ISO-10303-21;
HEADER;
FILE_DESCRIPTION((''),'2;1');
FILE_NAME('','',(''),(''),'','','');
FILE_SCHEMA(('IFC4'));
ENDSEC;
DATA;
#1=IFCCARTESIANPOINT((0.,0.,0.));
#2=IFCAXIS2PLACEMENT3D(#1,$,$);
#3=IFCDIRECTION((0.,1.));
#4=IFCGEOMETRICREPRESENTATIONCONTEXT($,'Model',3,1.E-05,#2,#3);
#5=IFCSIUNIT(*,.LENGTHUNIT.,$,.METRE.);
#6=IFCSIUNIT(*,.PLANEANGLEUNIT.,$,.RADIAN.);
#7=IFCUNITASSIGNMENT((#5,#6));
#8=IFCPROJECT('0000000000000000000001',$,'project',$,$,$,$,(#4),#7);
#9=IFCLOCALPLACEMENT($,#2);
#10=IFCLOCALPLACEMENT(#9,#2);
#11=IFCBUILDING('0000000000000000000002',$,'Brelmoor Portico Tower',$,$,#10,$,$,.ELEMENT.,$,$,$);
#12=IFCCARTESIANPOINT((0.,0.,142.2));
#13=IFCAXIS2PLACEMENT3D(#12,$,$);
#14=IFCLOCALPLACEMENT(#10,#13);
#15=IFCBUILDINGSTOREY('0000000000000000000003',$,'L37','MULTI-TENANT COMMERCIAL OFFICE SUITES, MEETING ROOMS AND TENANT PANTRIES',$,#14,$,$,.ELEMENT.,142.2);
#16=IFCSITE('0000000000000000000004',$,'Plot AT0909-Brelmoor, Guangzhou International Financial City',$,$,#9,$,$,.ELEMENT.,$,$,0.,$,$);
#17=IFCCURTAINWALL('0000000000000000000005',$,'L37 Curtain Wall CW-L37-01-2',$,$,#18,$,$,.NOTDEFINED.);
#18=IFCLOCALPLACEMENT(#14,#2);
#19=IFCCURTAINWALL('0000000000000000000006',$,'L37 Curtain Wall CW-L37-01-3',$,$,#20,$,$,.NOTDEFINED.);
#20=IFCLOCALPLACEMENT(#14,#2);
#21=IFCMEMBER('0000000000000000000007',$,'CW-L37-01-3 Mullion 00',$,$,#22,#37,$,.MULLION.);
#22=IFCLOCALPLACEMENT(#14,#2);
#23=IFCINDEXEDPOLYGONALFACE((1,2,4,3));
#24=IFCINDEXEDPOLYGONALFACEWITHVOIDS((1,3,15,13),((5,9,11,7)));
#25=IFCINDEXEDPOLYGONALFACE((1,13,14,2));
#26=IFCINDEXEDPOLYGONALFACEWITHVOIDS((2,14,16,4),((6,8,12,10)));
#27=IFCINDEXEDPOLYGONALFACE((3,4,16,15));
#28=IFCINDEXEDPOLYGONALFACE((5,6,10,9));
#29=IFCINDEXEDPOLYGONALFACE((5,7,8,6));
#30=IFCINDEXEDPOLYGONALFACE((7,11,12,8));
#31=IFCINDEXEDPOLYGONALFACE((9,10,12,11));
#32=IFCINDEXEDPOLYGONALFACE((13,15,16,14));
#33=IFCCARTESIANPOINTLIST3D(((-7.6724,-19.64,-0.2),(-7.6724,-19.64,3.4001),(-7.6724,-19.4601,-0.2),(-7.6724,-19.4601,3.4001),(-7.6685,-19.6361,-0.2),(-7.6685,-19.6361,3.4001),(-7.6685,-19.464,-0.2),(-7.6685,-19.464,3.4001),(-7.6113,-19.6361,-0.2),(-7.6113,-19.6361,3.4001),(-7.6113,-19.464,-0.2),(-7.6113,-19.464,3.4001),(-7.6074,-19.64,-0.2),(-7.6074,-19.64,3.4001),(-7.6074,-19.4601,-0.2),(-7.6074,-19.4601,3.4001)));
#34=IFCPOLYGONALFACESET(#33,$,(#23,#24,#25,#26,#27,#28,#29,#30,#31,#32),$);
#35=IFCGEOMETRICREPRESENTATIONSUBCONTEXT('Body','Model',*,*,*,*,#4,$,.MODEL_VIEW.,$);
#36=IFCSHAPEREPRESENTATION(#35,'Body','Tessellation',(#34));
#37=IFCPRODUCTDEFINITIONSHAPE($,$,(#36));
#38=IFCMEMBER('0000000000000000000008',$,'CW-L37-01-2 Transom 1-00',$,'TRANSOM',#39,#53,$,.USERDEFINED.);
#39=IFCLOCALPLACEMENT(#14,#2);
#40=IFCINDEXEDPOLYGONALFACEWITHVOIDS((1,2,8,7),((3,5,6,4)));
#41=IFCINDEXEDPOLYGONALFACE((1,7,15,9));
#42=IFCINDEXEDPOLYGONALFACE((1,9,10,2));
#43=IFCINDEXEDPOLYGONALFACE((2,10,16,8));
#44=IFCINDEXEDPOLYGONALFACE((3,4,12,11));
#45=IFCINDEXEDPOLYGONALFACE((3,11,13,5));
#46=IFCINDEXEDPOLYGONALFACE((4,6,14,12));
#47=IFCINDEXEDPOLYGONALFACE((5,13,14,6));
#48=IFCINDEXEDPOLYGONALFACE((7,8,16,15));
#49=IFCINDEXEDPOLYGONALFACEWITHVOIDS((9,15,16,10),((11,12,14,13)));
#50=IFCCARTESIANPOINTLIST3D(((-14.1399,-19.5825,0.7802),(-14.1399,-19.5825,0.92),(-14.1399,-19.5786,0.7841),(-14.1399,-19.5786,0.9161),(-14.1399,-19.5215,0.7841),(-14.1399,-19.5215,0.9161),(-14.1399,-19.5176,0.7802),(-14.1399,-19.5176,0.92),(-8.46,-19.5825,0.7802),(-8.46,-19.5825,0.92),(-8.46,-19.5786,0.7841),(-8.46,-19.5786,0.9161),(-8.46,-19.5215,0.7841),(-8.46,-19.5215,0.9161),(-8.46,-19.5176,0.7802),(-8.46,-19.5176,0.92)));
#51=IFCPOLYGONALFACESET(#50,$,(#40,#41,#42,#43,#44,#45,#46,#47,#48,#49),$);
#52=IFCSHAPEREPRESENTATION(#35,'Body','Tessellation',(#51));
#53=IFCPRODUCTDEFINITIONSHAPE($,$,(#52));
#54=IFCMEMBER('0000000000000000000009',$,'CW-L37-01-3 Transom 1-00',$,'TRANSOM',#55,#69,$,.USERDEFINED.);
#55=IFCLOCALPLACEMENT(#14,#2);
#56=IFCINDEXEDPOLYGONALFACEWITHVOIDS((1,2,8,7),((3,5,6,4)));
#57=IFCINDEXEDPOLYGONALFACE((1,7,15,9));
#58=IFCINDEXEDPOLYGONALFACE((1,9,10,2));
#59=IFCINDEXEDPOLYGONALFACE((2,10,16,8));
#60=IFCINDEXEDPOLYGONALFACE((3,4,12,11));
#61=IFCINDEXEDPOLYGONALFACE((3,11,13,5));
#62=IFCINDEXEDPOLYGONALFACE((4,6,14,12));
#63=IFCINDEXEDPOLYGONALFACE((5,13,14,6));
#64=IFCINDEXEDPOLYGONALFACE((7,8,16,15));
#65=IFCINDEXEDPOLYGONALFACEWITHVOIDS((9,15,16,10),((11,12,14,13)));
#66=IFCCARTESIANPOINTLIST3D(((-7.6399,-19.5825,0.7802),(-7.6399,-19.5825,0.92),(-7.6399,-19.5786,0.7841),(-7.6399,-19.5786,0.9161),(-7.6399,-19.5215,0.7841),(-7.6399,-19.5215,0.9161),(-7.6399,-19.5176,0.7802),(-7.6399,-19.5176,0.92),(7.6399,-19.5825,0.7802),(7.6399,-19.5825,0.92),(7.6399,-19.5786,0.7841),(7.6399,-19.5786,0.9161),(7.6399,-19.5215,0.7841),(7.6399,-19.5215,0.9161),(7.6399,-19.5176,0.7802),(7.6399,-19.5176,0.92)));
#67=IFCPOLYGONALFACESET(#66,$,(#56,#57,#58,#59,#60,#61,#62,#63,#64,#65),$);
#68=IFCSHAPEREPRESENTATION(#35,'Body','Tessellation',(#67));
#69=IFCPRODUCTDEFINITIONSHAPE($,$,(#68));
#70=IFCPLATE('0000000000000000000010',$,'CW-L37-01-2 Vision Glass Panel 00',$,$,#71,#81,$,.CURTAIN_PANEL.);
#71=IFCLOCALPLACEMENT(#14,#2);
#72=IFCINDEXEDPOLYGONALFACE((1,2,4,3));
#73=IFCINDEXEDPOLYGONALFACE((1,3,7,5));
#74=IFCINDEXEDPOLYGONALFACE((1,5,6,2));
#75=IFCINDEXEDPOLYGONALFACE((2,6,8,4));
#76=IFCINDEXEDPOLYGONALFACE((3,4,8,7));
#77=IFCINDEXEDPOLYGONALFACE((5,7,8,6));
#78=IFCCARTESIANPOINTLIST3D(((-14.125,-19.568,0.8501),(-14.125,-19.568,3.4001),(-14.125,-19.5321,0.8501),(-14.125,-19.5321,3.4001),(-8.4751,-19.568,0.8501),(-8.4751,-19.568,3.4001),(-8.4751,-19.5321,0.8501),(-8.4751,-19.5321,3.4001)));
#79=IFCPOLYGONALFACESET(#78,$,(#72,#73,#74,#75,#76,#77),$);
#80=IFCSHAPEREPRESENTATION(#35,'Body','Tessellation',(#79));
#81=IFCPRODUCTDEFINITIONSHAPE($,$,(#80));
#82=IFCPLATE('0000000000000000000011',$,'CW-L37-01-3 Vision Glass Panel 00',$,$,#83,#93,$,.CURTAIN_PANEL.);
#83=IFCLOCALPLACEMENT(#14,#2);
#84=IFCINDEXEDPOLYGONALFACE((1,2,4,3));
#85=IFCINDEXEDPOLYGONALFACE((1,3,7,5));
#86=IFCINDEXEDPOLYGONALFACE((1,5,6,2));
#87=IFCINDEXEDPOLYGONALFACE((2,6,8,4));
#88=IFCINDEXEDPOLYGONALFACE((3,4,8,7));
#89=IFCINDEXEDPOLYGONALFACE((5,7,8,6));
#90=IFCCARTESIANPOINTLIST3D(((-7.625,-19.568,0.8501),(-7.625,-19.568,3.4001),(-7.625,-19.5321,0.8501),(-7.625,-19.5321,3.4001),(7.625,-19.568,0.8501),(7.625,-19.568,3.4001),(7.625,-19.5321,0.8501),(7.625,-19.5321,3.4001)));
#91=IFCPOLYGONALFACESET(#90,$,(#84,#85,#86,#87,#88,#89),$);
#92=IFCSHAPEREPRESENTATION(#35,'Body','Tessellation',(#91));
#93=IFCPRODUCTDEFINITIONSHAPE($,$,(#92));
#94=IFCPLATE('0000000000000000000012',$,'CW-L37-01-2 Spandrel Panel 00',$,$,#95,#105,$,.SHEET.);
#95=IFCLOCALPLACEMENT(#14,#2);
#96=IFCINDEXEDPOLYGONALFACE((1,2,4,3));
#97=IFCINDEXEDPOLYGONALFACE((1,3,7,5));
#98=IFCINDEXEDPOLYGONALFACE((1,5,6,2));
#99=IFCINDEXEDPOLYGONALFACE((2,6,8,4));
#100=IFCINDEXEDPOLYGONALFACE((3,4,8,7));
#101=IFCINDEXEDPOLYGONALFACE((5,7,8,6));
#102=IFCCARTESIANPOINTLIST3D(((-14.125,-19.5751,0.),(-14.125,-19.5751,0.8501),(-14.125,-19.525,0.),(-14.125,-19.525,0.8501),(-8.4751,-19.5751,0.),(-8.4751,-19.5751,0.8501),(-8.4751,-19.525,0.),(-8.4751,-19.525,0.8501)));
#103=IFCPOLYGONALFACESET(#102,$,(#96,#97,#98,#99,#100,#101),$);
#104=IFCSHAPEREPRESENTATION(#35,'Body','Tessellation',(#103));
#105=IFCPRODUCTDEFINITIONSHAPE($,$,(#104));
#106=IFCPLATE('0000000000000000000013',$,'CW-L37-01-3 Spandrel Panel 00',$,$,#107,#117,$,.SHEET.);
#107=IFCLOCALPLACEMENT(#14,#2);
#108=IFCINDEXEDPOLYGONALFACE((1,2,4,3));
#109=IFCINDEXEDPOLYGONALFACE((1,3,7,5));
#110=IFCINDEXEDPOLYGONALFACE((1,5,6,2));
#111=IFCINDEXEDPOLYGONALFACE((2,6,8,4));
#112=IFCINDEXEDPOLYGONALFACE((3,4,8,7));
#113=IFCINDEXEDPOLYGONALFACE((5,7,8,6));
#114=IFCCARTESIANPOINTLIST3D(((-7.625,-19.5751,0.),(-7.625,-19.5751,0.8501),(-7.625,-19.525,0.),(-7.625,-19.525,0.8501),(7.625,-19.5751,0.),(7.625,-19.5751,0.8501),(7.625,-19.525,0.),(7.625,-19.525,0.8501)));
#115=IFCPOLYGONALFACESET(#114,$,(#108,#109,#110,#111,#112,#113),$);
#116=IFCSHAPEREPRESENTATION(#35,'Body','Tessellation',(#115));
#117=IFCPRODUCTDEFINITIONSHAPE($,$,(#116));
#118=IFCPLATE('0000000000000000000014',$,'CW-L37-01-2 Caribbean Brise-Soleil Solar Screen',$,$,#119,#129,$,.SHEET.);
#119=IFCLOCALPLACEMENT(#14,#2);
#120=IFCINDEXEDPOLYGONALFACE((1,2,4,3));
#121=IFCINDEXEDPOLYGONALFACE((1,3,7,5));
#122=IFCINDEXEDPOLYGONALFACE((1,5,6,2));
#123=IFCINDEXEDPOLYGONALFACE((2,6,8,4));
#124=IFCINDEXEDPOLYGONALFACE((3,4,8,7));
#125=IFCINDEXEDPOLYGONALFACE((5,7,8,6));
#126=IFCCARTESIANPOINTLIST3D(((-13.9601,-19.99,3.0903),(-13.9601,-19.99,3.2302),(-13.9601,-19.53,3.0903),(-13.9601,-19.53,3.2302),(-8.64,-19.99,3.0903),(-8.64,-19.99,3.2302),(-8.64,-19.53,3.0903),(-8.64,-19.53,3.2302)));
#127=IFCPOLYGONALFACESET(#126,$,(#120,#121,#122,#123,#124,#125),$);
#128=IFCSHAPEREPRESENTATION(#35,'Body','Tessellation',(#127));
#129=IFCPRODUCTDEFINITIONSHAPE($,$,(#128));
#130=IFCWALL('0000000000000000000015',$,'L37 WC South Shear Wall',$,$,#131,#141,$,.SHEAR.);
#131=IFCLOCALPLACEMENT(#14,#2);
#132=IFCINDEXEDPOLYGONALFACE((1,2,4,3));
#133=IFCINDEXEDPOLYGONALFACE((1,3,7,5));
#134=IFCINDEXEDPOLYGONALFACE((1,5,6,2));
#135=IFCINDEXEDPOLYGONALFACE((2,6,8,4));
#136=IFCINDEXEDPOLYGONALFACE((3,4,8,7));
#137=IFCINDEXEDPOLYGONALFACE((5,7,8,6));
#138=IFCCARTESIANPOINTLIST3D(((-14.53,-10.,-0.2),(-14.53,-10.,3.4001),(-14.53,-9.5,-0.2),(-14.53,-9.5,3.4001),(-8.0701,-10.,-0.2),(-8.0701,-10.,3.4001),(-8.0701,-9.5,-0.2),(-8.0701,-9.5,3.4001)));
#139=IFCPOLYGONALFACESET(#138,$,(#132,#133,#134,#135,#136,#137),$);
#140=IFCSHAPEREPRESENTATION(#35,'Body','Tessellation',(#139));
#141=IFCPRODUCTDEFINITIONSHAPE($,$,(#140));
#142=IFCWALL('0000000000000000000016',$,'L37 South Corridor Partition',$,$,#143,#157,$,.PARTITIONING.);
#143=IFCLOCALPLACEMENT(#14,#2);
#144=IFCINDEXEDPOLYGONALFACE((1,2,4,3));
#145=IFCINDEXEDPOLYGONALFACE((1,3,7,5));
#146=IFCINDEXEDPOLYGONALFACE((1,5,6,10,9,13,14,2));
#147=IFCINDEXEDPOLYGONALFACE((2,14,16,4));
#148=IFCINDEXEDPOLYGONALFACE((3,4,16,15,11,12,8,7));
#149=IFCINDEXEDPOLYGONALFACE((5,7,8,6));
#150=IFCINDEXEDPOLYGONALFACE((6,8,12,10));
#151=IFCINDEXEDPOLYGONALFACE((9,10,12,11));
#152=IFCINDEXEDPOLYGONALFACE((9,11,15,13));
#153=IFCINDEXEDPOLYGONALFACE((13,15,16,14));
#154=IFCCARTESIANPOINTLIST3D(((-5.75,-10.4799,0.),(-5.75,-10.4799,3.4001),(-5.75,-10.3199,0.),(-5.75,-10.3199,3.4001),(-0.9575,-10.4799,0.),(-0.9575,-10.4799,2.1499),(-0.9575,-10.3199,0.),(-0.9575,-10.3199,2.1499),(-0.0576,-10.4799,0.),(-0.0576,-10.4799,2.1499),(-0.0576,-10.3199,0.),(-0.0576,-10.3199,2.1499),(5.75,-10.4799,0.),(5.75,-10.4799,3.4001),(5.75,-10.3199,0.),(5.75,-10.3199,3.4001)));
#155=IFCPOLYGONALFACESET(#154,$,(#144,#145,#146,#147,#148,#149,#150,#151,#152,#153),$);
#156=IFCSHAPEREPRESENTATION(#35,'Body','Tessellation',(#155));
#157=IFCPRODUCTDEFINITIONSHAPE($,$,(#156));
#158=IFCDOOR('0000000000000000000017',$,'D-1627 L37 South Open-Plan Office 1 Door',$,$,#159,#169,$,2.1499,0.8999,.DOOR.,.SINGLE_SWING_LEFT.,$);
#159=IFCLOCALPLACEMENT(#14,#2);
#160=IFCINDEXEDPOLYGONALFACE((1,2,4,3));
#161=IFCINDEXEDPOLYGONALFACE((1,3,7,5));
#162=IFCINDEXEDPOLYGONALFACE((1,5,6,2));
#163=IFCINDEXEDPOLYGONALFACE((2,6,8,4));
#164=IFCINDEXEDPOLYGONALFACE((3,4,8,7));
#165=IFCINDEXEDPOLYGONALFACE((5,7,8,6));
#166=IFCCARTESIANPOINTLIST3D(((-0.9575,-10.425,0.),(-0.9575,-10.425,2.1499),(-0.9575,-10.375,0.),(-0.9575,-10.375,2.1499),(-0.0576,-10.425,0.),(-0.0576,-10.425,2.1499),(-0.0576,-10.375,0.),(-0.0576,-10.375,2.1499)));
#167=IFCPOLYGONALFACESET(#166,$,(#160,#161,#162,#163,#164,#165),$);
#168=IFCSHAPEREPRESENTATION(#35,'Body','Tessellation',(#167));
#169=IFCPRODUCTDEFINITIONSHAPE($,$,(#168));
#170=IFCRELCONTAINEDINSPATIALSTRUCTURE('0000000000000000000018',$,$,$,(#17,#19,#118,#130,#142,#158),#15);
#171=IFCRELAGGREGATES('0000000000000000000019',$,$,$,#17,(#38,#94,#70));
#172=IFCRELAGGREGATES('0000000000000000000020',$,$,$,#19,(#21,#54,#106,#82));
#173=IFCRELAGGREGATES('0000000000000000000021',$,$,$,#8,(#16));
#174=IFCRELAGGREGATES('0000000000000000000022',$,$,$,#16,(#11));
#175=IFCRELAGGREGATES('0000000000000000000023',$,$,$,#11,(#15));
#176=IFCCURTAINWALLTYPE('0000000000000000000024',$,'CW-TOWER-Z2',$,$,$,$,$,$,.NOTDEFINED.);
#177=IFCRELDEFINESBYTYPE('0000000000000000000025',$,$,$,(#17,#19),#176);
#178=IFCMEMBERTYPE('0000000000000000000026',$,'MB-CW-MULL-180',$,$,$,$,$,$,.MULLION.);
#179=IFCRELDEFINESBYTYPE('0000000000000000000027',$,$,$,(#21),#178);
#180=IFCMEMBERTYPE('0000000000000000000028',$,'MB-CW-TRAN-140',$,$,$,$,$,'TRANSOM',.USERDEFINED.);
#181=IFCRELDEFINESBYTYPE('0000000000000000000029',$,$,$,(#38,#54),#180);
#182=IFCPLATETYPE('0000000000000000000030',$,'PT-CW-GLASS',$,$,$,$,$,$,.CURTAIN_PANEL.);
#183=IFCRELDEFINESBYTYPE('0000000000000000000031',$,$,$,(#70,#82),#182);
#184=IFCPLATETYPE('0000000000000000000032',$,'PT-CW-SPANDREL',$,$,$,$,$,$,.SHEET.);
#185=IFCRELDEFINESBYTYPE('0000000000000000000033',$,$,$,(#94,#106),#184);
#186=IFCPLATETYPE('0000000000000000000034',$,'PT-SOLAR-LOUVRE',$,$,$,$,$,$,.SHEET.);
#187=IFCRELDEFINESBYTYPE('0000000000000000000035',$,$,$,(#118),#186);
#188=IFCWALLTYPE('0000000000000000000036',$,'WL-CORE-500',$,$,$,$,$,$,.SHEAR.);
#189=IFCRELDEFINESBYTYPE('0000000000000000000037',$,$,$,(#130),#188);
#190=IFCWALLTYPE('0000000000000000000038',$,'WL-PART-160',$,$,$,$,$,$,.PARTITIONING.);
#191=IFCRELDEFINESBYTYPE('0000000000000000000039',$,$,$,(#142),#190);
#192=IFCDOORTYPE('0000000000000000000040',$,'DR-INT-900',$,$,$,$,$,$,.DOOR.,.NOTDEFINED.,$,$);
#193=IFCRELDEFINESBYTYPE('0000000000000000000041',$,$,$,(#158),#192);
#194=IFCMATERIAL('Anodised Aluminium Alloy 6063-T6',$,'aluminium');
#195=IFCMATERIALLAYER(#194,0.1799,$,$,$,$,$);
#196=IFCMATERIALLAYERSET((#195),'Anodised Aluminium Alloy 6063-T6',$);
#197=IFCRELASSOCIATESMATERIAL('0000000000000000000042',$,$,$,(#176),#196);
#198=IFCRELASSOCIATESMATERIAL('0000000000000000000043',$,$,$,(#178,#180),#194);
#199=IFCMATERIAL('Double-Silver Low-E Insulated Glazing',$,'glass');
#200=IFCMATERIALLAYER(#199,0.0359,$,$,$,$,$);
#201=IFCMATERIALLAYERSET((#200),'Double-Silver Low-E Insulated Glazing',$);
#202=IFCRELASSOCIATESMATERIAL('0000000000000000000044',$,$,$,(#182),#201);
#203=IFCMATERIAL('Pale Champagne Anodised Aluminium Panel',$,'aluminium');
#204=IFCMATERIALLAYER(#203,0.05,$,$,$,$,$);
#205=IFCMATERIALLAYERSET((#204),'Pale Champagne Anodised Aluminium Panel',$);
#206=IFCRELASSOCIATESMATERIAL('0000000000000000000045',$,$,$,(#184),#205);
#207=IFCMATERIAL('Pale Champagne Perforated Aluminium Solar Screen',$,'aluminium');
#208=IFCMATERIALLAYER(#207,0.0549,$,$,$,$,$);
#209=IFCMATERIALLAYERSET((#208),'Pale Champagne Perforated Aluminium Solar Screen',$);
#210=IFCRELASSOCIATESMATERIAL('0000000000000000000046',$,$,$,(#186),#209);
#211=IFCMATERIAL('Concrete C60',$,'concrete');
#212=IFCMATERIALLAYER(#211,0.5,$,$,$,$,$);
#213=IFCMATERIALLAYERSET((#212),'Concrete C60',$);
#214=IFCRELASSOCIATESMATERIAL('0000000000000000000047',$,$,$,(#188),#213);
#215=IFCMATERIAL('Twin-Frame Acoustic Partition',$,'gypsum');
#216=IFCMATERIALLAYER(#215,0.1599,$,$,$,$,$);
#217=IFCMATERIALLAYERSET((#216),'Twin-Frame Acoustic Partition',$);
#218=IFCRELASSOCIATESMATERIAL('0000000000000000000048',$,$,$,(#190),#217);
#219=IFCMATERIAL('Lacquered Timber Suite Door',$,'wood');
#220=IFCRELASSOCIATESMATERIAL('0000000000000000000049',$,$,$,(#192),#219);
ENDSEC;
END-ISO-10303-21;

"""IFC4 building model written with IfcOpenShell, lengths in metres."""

from ifc_helpers import new_model, si_unit, direction, frame, frame_2d, origin, origin_2d, place, context, subcontext, project, spatial, rectangle, hollow_rectangle, extrude, material, layer, layer_set, material_profile, profile_set, type_object, element, fill, aggregate, save


model = new_model("IFC4")

# Units and contexts
model_context = context("Model", 3, precision=1e-05, world=origin(), true_north=direction((0.0, 1.0)))
body_context = subcontext(model_context, "Body", "Model", "MODEL_VIEW")
ifc_project = project(units=[si_unit("LENGTHUNIT", "METRE"), si_unit("PLANEANGLEUNIT", "RADIAN")], contexts=[model_context])

# Site, building, storey
site_placement = place(None, origin())
site = spatial("IfcSite", under=ifc_project, at=site_placement, Name="Plot AT0909-Brelmoor, Guangzhou International Financial City", CompositionType="ELEMENT", RefElevation=0.0)
building_placement = place(site_placement, origin())
building = spatial("IfcBuilding", under=site, at=building_placement, Name="Brelmoor Portico Tower", CompositionType="ELEMENT")
storey_placement = place(building_placement, frame((0.0, 0.0, 142.2)))
storey = spatial("IfcBuildingStorey", under=building, at=storey_placement, Name="L37", Description="MULTI-TENANT COMMERCIAL OFFICE SUITES, MEETING ROOMS AND TENANT PANTRIES", CompositionType="ELEMENT", Elevation=142.2)

# Curtain wall
ifc_material_1 = material(Name="Anodised Aluminium Alloy 6063-T6", Category="aluminium")
ifc_layer_1 = layer(ifc_material_1, 0.1799)
ifc_layer_set_1 = layer_set([ifc_layer_1], Name="Anodised Aluminium Alloy 6063-T6")
curtain_wall_type = type_object("IfcCurtainWallType", Name="CW-TOWER-Z2", PredefinedType="NOTDEFINED", material=ifc_layer_set_1)
curtain_wall_1_placement = place(storey_placement, origin())
curtain_wall_1 = element("IfcCurtainWall", 1, at=curtain_wall_1_placement, inside=storey, type_object=curtain_wall_type, Name="L37 Curtain Wall CW-L37-01-2", PredefinedType="NOTDEFINED")
ifc_material_profile_1 = material_profile(ifc_material_1, hollow_rectangle(XDim=0.0649, YDim=0.1799, WallThickness=0.0039, at=origin_2d()), Name="ALU MULLION 65x180")
ifc_profile_set_1 = profile_set([ifc_material_profile_1], Name="Anodised Aluminium Alloy 6063-T6")
member_type_1 = type_object("IfcMemberType", Name="MB-CW-MULL-180", PredefinedType="MULLION", material=ifc_profile_set_1)

# Curtain wall, member
curtain_wall_2_placement = place(storey_placement, origin())
curtain_wall_2 = element("IfcCurtainWall", 2, at=curtain_wall_2_placement, inside=storey, type_object=curtain_wall_type, Name="L37 Curtain Wall CW-L37-01-3", PredefinedType="NOTDEFINED")
member_1_placement = place(storey_placement, frame((-7.6399, -19.55, -0.2), z_axis=(0.0, 0.0, 1.0), x_axis=(1.0, 0.0, 0.0)))
member_1 = element("IfcMember", 3, at=member_1_placement, type_object=member_type_1, Name="CW-L37-01-3 Mullion 00", PredefinedType="MULLION", context=body_context, shape_type="SweptSolid", body=[
    extrude(hollow_rectangle(XDim=0.0649, YDim=0.1799, WallThickness=0.0039, at=origin_2d()), origin(), (0.0, 0.0, 1.0), 3.6001),
])

# Members
ifc_material_profile_2 = material_profile(ifc_material_1, hollow_rectangle(XDim=0.0649, YDim=0.1399, WallThickness=0.0039, at=origin_2d()), Name="ALU TRANSOM 65x140")
ifc_profile_set_2 = profile_set([ifc_material_profile_2], Name="Anodised Aluminium Alloy 6063-T6")
member_type_2 = type_object("IfcMemberType", Name="MB-CW-TRAN-140", ElementType="TRANSOM", PredefinedType="USERDEFINED", material=ifc_profile_set_2)
member_2_placement = place(storey_placement, frame((-14.1399, -19.55, 0.8501), z_axis=(1.0, 0.0, 0.0), x_axis=(0.0, 1.0, 0.0)))
member_2 = element("IfcMember", 4, at=member_2_placement, type_object=member_type_2, Name="CW-L37-01-2 Transom 1-00", ObjectType="TRANSOM", PredefinedType="USERDEFINED", context=body_context, shape_type="SweptSolid", body=[
    extrude(hollow_rectangle(XDim=0.0649, YDim=0.1399, WallThickness=0.0039, at=origin_2d()), origin(), (0.0, 0.0, 1.0), 5.6799),
])
member_3_placement = place(storey_placement, frame((-7.6399, -19.55, 0.8501), z_axis=(1.0, 0.0, 0.0), x_axis=(0.0, 1.0, 0.0)))
member_3 = element("IfcMember", 5, at=member_3_placement, type_object=member_type_2, Name="CW-L37-01-3 Transom 1-00", ObjectType="TRANSOM", PredefinedType="USERDEFINED", context=body_context, shape_type="SweptSolid", body=[
    extrude(hollow_rectangle(XDim=0.0649, YDim=0.1399, WallThickness=0.0039, at=origin_2d()), origin(), (0.0, 0.0, 1.0), 15.2798),
])

# Plates
ifc_material_2 = material(Name="Double-Silver Low-E Insulated Glazing", Category="glass")
ifc_layer_2 = layer(ifc_material_2, 0.0359)
ifc_layer_set_2 = layer_set([ifc_layer_2], Name="Double-Silver Low-E Insulated Glazing")
plate_type_1 = type_object("IfcPlateType", Name="PT-CW-GLASS", PredefinedType="CURTAIN_PANEL", material=ifc_layer_set_2)
plate_1_placement = place(storey_placement, frame((-11.3, -19.55, 0.8501), z_axis=(0.0, 0.0, 1.0), x_axis=(1.0, 0.0, 0.0)))
plate_1 = element("IfcPlate", 6, at=plate_1_placement, type_object=plate_type_1, Name="CW-L37-01-2 Vision Glass Panel 00", PredefinedType="CURTAIN_PANEL", context=body_context, shape_type="SweptSolid", body=[
    extrude(rectangle(XDim=5.6499, YDim=0.0359, at=origin_2d()), origin(), (0.0, 0.0, 1.0), 2.55),
])
plate_2_placement = place(storey_placement, frame((0.0, -19.55, 0.8501), z_axis=(0.0, 0.0, 1.0), x_axis=(1.0, 0.0, 0.0)))
plate_2 = element("IfcPlate", 7, at=plate_2_placement, type_object=plate_type_1, Name="CW-L37-01-3 Vision Glass Panel 00", PredefinedType="CURTAIN_PANEL", context=body_context, shape_type="SweptSolid", body=[
    extrude(rectangle(XDim=15.25, YDim=0.0359, at=origin_2d()), origin(), (0.0, 0.0, 1.0), 2.55),
])
ifc_material_3 = material(Name="Pale Champagne Anodised Aluminium Panel", Category="aluminium")
ifc_layer_3 = layer(ifc_material_3, 0.05)
ifc_layer_set_3 = layer_set([ifc_layer_3], Name="Pale Champagne Anodised Aluminium Panel")
plate_type_2 = type_object("IfcPlateType", Name="PT-CW-SPANDREL", PredefinedType="SHEET", material=ifc_layer_set_3)
plate_3_placement = place(storey_placement, frame((-11.3, -19.55, 0.0), z_axis=(0.0, 0.0, 1.0), x_axis=(1.0, 0.0, 0.0)))
plate_3 = element("IfcPlate", 8, at=plate_3_placement, type_object=plate_type_2, Name="CW-L37-01-2 Spandrel Panel 00", PredefinedType="SHEET", context=body_context, shape_type="SweptSolid", body=[
    extrude(rectangle(XDim=5.6499, YDim=0.05, at=origin_2d()), origin(), (0.0, 0.0, 1.0), 0.8501),
])
aggregate(curtain_wall_1, [member_2, plate_3, plate_1])
plate_4_placement = place(storey_placement, frame((0.0, -19.55, 0.0), z_axis=(0.0, 0.0, 1.0), x_axis=(1.0, 0.0, 0.0)))
plate_4 = element("IfcPlate", 9, at=plate_4_placement, type_object=plate_type_2, Name="CW-L37-01-3 Spandrel Panel 00", PredefinedType="SHEET", context=body_context, shape_type="SweptSolid", body=[
    extrude(rectangle(XDim=15.25, YDim=0.05, at=origin_2d()), origin(), (0.0, 0.0, 1.0), 0.8501),
])
aggregate(curtain_wall_2, [member_1, member_3, plate_4, plate_2])
ifc_material_4 = material(Name="Pale Champagne Perforated Aluminium Solar Screen", Category="aluminium")
ifc_layer_4 = layer(ifc_material_4, 0.0549)
ifc_layer_set_4 = layer_set([ifc_layer_4], Name="Pale Champagne Perforated Aluminium Solar Screen")
plate_type_3 = type_object("IfcPlateType", Name="PT-SOLAR-LOUVRE", PredefinedType="SHEET", material=ifc_layer_set_4)
plate_5_placement = place(storey_placement, frame((-11.3, -19.76, 3.0903), z_axis=(0.0, 0.0, 1.0), x_axis=(1.0, 0.0, 0.0)))
element("IfcPlate", 10, at=plate_5_placement, inside=storey, type_object=plate_type_3, Name="CW-L37-01-2 Caribbean Brise-Soleil Solar Screen", PredefinedType="SHEET", context=body_context, shape_type="SweptSolid", body=[
    extrude(rectangle(XDim=5.3201, YDim=0.46, at=origin_2d()), origin(), (0.0, 0.0, 1.0), 0.1399),
])

# Wall
ifc_material_5 = material(Name="Concrete C60", Category="concrete")
ifc_layer_5 = layer(ifc_material_5, 0.5)
ifc_layer_set_5 = layer_set([ifc_layer_5], Name="Concrete C60")
wall_type_1 = type_object("IfcWallType", Name="WL-CORE-500", PredefinedType="SHEAR", material=ifc_layer_set_5)
wall_1_placement = place(storey_placement, frame((-14.53, -9.75, -0.2), z_axis=(0.0, 0.0, 1.0), x_axis=(1.0, 0.0, 0.0)))
element("IfcWall", 11, at=wall_1_placement, inside=storey, type_object=wall_type_1, Name="L37 WC South Shear Wall", PredefinedType="SHEAR", context=body_context, shape_type="SweptSolid", body=[
    extrude(rectangle(XDim=6.46, YDim=0.5, at=frame_2d((3.23, 0.0))), origin(), (0.0, 0.0, 1.0), 3.6001),
])

# Wall, opening, door
ifc_material_6 = material(Name="Twin-Frame Acoustic Partition", Category="gypsum")
ifc_layer_6 = layer(ifc_material_6, 0.1599)
ifc_layer_set_6 = layer_set([ifc_layer_6], Name="Twin-Frame Acoustic Partition")
wall_type_2 = type_object("IfcWallType", Name="WL-PART-160", PredefinedType="PARTITIONING", material=ifc_layer_set_6)
wall_2_placement = place(storey_placement, frame((-5.75, -10.3999, 0.0), z_axis=(0.0, 0.0, 1.0), x_axis=(1.0, 0.0, 0.0)))
wall_2 = element("IfcWall", 12, at=wall_2_placement, inside=storey, type_object=wall_type_2, Name="L37 South Corridor Partition", PredefinedType="PARTITIONING", context=body_context, shape_type="SweptSolid", body=[
    extrude(rectangle(XDim=11.5, YDim=0.1599, at=frame_2d((5.75, 0.0))), origin(), (0.0, 0.0, 1.0), 3.4001),
])
opening_placement = place(wall_2_placement, frame((4.7925, 0.0, 0.0)))
opening = element("IfcOpeningElement", 13, at=opening_placement, cuts=wall_2, PredefinedType="OPENING", context=body_context, shape_type="SweptSolid", body=[
    extrude(rectangle(XDim=0.8999, YDim=2.1499, at=frame_2d((0.45, 1.075))), frame((0.0, 0.0898, 0.0), z_axis=(0.0, -1.0, 0.0), x_axis=(1.0, 0.0, 0.0)), (0.0, 0.0, 1.0), 0.1799),
])
ifc_material_7 = material(Name="Lacquered Timber Suite Door", Category="wood")
door_type = type_object("IfcDoorType", Name="DR-INT-900", OperationType="NOTDEFINED", PredefinedType="DOOR", material=ifc_material_7)
door_placement = place(opening_placement, origin())
door = element("IfcDoor", 14, at=door_placement, inside=storey, type_object=door_type, Name="D-1627 L37 South Open-Plan Office 1 Door", OperationType="SINGLE_SWING_LEFT", OverallHeight=2.1499, OverallWidth=0.8999, PredefinedType="DOOR", context=body_context, shape_type="SweptSolid", body=[
    extrude(rectangle(XDim=0.8999, YDim=2.1499, at=frame_2d((0.45, 1.075))), frame((0.0, 0.0249, 0.0), z_axis=(0.0, -1.0, 0.0), x_axis=(1.0, 0.0, 0.0)), (0.0, 0.0, 1.0), 0.05),
])
fill(opening, door)

save(model, "model.ifc")
